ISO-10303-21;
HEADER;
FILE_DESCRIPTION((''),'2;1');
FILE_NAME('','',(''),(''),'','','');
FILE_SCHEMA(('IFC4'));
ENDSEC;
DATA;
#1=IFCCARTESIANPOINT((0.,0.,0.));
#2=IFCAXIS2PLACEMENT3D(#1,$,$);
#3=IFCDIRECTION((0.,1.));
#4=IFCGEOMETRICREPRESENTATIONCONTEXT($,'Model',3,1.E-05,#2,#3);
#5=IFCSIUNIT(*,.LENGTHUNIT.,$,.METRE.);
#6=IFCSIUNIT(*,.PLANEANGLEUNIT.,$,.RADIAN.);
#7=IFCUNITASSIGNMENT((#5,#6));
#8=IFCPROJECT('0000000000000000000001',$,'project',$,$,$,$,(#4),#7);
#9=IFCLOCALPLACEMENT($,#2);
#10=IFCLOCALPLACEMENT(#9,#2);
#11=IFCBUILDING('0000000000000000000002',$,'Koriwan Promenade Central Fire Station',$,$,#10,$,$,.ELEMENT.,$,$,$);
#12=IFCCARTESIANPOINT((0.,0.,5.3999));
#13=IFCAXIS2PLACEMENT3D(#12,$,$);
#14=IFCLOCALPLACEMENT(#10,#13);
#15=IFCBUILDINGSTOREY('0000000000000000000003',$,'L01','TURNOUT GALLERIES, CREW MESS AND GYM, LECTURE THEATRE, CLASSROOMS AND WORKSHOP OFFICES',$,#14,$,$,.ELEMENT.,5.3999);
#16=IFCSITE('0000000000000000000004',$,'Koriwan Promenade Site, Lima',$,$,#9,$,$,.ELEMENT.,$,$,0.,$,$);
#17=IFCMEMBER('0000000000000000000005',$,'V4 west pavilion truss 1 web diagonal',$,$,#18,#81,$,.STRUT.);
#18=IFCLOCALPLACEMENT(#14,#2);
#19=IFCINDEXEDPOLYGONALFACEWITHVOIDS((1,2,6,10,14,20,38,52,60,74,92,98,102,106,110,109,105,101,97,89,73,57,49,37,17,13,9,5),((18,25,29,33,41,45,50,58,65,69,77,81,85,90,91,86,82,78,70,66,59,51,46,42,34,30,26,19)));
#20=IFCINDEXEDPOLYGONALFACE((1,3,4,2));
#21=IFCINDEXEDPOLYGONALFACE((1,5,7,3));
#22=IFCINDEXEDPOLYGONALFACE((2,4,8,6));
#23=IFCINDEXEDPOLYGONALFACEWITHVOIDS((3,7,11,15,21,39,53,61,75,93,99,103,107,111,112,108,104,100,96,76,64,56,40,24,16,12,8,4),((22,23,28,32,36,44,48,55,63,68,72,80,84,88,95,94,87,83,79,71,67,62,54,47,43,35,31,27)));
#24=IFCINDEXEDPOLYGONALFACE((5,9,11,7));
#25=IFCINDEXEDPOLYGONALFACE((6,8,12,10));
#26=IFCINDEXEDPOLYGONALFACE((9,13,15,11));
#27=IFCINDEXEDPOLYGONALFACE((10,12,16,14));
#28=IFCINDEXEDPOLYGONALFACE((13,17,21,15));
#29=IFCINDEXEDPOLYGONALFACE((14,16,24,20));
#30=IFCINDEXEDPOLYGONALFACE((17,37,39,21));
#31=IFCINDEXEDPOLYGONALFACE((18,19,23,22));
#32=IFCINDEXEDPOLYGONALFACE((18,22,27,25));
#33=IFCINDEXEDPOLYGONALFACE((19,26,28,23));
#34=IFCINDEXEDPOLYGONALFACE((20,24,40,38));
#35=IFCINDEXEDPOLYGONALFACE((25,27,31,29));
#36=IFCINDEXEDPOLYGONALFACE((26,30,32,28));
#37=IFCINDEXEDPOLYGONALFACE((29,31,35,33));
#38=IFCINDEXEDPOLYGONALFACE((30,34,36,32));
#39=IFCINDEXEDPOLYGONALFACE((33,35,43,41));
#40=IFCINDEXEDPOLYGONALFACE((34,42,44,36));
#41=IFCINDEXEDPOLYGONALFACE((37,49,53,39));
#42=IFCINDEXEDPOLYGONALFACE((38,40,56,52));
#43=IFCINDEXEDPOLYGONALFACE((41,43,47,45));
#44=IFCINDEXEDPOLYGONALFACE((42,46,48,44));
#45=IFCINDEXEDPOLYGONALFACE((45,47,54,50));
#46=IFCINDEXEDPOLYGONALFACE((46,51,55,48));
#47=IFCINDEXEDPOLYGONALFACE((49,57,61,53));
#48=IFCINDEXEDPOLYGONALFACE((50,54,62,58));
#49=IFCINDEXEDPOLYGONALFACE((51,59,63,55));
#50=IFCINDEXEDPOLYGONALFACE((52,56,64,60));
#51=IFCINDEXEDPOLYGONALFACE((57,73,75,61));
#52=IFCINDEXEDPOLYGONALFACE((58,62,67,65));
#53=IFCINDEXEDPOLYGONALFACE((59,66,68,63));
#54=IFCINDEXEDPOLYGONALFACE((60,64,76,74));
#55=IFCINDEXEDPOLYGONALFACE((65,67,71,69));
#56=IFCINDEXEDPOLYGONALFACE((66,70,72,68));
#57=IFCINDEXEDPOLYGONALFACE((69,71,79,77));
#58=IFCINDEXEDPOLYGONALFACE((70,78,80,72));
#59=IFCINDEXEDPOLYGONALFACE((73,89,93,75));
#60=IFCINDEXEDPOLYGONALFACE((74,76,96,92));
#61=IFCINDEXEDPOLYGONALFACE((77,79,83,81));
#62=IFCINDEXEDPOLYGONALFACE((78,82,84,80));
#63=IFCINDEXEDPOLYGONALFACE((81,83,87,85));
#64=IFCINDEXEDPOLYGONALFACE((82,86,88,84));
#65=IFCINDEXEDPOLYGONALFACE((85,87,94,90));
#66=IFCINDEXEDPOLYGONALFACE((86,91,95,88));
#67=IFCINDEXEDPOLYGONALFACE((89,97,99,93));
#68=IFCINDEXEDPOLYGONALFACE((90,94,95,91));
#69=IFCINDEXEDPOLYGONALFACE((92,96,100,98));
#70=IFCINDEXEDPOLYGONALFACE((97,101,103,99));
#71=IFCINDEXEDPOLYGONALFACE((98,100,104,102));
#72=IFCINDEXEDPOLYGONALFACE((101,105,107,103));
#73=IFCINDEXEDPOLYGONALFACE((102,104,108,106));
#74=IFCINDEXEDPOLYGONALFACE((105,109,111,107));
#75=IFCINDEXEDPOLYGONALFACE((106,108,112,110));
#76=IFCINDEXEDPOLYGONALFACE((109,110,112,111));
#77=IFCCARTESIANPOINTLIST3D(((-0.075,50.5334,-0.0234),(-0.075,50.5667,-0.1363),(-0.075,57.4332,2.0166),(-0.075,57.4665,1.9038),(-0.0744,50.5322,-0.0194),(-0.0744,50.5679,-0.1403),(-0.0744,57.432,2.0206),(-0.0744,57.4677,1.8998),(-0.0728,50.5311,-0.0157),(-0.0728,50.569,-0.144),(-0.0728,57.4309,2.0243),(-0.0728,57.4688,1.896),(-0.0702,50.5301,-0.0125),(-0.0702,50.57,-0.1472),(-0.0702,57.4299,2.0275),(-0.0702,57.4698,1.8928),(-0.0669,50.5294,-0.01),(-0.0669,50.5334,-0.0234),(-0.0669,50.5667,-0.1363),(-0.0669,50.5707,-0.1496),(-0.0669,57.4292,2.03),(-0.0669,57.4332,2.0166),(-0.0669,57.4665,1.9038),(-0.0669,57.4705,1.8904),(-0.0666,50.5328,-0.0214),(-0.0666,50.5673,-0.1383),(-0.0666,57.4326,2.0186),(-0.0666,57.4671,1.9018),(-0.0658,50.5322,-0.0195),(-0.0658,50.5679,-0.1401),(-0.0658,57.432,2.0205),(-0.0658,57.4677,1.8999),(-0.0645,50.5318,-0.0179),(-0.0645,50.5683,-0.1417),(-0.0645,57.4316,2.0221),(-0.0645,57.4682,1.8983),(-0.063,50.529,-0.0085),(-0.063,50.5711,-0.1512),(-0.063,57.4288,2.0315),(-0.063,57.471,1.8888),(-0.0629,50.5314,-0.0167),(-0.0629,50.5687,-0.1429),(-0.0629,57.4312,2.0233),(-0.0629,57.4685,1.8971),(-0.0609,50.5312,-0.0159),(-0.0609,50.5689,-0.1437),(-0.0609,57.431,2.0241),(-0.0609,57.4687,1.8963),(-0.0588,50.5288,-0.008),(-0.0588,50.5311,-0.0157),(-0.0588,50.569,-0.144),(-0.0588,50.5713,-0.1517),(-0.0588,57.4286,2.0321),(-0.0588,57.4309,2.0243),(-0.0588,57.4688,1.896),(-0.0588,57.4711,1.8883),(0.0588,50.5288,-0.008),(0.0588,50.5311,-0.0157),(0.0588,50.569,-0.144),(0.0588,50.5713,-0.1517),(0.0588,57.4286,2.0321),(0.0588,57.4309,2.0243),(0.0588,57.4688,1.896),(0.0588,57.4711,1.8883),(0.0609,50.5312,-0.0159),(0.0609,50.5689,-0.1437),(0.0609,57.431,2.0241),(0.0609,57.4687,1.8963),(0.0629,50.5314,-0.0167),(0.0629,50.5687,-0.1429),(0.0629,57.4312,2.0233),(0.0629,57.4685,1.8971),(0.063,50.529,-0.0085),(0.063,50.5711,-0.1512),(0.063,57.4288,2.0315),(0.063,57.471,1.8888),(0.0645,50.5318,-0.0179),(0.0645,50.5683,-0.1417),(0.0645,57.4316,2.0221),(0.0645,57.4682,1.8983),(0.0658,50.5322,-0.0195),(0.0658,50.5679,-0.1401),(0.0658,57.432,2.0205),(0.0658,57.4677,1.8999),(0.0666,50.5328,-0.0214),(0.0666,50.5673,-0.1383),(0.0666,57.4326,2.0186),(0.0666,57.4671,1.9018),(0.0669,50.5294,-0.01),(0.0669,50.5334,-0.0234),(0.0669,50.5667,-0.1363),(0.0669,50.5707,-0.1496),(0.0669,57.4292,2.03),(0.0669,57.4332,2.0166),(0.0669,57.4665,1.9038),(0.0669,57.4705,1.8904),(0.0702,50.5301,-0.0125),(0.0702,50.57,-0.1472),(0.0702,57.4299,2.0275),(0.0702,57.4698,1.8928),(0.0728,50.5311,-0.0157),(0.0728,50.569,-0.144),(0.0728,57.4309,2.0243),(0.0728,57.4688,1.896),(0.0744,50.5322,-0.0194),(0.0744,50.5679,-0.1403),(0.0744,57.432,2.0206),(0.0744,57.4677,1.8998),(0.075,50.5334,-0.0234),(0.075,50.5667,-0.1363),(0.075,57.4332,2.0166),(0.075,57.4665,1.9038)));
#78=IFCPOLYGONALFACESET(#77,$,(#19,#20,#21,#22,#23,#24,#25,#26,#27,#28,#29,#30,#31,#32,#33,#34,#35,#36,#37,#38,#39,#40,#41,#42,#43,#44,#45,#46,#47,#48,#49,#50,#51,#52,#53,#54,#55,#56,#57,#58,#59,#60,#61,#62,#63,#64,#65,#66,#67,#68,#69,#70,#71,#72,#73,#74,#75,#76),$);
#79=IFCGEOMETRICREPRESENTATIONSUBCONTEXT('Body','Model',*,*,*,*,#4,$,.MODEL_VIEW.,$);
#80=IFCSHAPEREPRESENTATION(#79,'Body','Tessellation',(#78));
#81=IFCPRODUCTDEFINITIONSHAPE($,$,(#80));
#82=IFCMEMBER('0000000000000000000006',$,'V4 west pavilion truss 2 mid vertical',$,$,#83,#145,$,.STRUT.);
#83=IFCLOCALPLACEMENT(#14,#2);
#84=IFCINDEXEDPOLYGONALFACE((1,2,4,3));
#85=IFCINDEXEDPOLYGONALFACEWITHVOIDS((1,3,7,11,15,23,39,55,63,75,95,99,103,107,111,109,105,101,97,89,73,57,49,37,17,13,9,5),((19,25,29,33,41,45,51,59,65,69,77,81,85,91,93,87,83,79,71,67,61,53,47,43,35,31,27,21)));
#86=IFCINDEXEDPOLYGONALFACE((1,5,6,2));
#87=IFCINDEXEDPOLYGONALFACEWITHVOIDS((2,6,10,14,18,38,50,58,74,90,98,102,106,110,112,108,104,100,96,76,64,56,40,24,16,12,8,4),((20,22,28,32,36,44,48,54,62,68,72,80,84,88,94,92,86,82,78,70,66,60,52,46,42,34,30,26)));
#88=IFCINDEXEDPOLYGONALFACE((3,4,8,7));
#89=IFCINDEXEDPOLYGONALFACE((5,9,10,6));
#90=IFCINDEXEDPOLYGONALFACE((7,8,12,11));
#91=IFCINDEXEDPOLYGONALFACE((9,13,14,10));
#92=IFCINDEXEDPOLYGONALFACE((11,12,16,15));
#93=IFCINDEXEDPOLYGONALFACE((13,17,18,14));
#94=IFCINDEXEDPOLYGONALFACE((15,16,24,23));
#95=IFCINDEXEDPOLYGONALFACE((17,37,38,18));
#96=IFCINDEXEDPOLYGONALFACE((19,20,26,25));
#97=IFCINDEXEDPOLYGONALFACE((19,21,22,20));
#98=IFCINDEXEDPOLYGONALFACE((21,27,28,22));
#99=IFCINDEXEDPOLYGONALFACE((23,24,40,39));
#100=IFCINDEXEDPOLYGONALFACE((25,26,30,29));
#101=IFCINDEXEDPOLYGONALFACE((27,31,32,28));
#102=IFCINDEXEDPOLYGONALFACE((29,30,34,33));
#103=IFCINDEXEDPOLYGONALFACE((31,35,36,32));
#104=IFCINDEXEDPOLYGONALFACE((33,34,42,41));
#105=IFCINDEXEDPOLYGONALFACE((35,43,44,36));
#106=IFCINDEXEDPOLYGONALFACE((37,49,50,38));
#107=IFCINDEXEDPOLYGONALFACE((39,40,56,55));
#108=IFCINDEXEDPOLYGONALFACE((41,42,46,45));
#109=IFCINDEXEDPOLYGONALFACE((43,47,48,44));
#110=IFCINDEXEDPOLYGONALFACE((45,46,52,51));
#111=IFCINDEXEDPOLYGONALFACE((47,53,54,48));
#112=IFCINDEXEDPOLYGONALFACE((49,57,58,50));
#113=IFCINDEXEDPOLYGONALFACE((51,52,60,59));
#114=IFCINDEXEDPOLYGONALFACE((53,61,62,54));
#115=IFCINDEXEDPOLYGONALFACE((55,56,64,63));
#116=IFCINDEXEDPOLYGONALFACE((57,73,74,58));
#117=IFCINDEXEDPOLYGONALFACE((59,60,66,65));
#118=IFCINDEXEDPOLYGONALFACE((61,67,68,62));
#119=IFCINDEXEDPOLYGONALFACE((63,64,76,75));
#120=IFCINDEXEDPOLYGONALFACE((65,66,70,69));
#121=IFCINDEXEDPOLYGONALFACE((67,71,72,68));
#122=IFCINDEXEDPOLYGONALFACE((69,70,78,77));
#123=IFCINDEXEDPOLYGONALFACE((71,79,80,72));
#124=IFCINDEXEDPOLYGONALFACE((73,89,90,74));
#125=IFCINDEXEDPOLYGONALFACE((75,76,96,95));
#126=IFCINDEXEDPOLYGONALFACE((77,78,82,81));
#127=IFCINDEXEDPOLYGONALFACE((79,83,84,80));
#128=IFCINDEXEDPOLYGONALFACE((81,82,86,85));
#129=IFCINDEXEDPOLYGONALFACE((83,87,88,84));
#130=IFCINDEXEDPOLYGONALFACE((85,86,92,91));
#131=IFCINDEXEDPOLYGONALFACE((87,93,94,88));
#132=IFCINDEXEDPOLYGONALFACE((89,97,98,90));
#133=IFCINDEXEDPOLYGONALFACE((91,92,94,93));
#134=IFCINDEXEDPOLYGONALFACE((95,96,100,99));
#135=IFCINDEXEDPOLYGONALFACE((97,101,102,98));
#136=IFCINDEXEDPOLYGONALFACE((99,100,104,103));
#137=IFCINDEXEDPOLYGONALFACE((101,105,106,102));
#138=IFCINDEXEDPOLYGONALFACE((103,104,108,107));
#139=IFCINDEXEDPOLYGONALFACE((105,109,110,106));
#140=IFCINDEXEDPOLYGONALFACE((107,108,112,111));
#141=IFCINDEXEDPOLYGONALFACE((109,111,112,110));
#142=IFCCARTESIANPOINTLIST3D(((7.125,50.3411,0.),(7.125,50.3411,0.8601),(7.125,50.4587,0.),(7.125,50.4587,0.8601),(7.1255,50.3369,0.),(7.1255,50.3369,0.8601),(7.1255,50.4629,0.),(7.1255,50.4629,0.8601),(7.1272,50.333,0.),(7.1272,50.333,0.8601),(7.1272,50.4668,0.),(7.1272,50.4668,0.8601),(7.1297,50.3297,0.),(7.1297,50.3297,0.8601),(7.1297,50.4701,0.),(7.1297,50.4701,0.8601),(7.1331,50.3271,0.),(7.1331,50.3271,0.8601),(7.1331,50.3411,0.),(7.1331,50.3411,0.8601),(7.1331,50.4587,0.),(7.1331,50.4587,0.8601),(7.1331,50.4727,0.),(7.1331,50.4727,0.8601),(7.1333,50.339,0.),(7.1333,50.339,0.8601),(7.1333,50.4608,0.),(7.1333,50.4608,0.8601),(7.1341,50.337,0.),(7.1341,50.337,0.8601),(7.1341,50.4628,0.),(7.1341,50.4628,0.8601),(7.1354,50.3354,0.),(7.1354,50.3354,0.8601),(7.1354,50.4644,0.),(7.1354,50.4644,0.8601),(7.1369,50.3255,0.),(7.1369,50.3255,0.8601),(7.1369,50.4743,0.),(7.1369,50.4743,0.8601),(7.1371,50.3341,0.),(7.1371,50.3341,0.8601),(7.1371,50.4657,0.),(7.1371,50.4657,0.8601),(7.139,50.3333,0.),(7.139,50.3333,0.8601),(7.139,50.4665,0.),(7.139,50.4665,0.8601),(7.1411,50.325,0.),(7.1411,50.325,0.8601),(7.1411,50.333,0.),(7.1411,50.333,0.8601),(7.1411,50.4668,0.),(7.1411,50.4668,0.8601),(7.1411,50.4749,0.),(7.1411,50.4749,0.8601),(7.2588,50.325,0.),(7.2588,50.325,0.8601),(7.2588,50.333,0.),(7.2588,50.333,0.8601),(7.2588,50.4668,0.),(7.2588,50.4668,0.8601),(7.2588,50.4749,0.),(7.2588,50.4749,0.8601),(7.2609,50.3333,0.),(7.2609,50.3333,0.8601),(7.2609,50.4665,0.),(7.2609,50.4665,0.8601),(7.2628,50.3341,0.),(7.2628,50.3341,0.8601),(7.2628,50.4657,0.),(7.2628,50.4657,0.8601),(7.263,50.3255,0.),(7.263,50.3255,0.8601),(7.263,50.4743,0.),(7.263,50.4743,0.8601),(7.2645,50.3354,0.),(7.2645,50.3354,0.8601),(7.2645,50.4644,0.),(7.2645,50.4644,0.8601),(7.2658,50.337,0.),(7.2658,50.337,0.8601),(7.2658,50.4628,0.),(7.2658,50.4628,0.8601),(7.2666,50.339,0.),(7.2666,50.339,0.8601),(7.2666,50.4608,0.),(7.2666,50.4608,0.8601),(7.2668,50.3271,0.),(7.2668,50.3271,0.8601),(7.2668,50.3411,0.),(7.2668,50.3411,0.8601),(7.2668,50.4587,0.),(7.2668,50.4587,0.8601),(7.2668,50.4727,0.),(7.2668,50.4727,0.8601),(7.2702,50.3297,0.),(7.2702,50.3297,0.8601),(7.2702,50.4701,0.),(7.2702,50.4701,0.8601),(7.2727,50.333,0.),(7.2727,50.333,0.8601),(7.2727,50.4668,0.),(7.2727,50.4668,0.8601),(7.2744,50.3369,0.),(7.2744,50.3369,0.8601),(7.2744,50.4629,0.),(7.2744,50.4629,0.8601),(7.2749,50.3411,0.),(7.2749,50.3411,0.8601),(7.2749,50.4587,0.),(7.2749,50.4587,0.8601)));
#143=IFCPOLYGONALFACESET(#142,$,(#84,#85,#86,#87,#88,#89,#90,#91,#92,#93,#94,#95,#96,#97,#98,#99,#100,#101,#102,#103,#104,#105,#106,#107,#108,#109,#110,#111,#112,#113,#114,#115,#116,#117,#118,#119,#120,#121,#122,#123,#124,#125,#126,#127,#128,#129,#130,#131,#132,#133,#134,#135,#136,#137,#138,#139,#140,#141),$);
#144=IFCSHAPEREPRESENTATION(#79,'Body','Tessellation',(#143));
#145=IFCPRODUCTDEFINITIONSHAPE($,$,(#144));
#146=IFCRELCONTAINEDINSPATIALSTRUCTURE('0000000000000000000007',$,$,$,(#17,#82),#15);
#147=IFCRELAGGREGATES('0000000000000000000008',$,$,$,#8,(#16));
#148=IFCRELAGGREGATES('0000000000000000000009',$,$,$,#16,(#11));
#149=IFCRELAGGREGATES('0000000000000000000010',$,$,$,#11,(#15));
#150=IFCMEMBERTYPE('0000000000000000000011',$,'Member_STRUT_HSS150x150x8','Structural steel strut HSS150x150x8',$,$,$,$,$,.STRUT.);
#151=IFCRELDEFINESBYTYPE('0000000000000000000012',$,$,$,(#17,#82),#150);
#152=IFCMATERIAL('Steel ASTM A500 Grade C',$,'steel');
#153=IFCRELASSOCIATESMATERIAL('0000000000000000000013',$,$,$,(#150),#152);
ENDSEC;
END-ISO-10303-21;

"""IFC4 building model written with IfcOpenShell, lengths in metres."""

from ifc_helpers import new_model, si_unit, direction, frame, origin, origin_2d, place, context, subcontext, project, spatial, hollow_rectangle, extrude, material, material_profile, profile_set, type_object, element, save


model = new_model("IFC4")

# Units and contexts
model_context = context("Model", 3, precision=1e-05, world=origin(), true_north=direction((0.0, 1.0)))
body_context = subcontext(model_context, "Body", "Model", "MODEL_VIEW")
ifc_project = project(units=[si_unit("LENGTHUNIT", "METRE"), si_unit("PLANEANGLEUNIT", "RADIAN")], contexts=[model_context])

# Site, building, storey
site_placement = place(None, origin())
site = spatial("IfcSite", under=ifc_project, at=site_placement, Name="Koriwan Promenade Site, Lima", CompositionType="ELEMENT", RefElevation=0.0)
building_placement = place(site_placement, origin())
building = spatial("IfcBuilding", under=site, at=building_placement, Name="Koriwan Promenade Central Fire Station", CompositionType="ELEMENT")
storey_placement = place(building_placement, frame((0.0, 0.0, 5.3999)))
storey = spatial("IfcBuildingStorey", under=building, at=storey_placement, Name="L01", Description="TURNOUT GALLERIES, CREW MESS AND GYM, LECTURE THEATRE, CLASSROOMS AND WORKSHOP OFFICES", CompositionType="ELEMENT", Elevation=5.3999)

# Members
ifc_material_1 = material(Name="Steel ASTM A500 Grade C", Category="steel")
ifc_material_profile_1 = material_profile(ifc_material_1, hollow_rectangle(XDim=0.1499, YDim=0.1499, WallThickness=0.0081, InnerFilletRadius=0.0081, OuterFilletRadius=0.0161, at=origin_2d()), Name="HSS150x150x8")
ifc_profile_set_1 = profile_set([ifc_material_profile_1], Name="Steel ASTM A500 Grade C")
member_type_1 = type_object("IfcMemberType", Name="Member_STRUT_HSS150x150x8", Description="Structural steel strut HSS150x150x8", PredefinedType="STRUT", material=ifc_profile_set_1)
member_1_placement = place(storey_placement, frame((0.0, 50.55, -0.0798), z_axis=(0.0, 0.958964, 0.283529), x_axis=(-1.0, 0.0, 0.0)))
element("IfcMember", 1, at=member_1_placement, inside=storey, type_object=member_type_1, Name="V4 west pavilion truss 1 web diagonal", PredefinedType="STRUT", context=body_context, shape_type="SweptSolid", body=[
    extrude(hollow_rectangle(XDim=0.1499, YDim=0.1499, WallThickness=0.0081, InnerFilletRadius=0.0081, OuterFilletRadius=0.0161, at=origin_2d()), origin(), (0.0, 0.0, 1.0), 7.1951),
])
member_2_placement = place(storey_placement, frame((7.2, 50.3999, 0.0), z_axis=(0.0, 0.0, 1.0), x_axis=(1.0, 0.0, 0.0)))
element("IfcMember", 2, at=member_2_placement, inside=storey, type_object=member_type_1, Name="V4 west pavilion truss 2 mid vertical", PredefinedType="STRUT", context=body_context, shape_type="SweptSolid", body=[
    extrude(hollow_rectangle(XDim=0.1499, YDim=0.1499, WallThickness=0.0081, InnerFilletRadius=0.0081, OuterFilletRadius=0.0161, at=origin_2d()), origin(), (0.0, 0.0, 1.0), 0.8601),
])

save(model, "model.ifc")
